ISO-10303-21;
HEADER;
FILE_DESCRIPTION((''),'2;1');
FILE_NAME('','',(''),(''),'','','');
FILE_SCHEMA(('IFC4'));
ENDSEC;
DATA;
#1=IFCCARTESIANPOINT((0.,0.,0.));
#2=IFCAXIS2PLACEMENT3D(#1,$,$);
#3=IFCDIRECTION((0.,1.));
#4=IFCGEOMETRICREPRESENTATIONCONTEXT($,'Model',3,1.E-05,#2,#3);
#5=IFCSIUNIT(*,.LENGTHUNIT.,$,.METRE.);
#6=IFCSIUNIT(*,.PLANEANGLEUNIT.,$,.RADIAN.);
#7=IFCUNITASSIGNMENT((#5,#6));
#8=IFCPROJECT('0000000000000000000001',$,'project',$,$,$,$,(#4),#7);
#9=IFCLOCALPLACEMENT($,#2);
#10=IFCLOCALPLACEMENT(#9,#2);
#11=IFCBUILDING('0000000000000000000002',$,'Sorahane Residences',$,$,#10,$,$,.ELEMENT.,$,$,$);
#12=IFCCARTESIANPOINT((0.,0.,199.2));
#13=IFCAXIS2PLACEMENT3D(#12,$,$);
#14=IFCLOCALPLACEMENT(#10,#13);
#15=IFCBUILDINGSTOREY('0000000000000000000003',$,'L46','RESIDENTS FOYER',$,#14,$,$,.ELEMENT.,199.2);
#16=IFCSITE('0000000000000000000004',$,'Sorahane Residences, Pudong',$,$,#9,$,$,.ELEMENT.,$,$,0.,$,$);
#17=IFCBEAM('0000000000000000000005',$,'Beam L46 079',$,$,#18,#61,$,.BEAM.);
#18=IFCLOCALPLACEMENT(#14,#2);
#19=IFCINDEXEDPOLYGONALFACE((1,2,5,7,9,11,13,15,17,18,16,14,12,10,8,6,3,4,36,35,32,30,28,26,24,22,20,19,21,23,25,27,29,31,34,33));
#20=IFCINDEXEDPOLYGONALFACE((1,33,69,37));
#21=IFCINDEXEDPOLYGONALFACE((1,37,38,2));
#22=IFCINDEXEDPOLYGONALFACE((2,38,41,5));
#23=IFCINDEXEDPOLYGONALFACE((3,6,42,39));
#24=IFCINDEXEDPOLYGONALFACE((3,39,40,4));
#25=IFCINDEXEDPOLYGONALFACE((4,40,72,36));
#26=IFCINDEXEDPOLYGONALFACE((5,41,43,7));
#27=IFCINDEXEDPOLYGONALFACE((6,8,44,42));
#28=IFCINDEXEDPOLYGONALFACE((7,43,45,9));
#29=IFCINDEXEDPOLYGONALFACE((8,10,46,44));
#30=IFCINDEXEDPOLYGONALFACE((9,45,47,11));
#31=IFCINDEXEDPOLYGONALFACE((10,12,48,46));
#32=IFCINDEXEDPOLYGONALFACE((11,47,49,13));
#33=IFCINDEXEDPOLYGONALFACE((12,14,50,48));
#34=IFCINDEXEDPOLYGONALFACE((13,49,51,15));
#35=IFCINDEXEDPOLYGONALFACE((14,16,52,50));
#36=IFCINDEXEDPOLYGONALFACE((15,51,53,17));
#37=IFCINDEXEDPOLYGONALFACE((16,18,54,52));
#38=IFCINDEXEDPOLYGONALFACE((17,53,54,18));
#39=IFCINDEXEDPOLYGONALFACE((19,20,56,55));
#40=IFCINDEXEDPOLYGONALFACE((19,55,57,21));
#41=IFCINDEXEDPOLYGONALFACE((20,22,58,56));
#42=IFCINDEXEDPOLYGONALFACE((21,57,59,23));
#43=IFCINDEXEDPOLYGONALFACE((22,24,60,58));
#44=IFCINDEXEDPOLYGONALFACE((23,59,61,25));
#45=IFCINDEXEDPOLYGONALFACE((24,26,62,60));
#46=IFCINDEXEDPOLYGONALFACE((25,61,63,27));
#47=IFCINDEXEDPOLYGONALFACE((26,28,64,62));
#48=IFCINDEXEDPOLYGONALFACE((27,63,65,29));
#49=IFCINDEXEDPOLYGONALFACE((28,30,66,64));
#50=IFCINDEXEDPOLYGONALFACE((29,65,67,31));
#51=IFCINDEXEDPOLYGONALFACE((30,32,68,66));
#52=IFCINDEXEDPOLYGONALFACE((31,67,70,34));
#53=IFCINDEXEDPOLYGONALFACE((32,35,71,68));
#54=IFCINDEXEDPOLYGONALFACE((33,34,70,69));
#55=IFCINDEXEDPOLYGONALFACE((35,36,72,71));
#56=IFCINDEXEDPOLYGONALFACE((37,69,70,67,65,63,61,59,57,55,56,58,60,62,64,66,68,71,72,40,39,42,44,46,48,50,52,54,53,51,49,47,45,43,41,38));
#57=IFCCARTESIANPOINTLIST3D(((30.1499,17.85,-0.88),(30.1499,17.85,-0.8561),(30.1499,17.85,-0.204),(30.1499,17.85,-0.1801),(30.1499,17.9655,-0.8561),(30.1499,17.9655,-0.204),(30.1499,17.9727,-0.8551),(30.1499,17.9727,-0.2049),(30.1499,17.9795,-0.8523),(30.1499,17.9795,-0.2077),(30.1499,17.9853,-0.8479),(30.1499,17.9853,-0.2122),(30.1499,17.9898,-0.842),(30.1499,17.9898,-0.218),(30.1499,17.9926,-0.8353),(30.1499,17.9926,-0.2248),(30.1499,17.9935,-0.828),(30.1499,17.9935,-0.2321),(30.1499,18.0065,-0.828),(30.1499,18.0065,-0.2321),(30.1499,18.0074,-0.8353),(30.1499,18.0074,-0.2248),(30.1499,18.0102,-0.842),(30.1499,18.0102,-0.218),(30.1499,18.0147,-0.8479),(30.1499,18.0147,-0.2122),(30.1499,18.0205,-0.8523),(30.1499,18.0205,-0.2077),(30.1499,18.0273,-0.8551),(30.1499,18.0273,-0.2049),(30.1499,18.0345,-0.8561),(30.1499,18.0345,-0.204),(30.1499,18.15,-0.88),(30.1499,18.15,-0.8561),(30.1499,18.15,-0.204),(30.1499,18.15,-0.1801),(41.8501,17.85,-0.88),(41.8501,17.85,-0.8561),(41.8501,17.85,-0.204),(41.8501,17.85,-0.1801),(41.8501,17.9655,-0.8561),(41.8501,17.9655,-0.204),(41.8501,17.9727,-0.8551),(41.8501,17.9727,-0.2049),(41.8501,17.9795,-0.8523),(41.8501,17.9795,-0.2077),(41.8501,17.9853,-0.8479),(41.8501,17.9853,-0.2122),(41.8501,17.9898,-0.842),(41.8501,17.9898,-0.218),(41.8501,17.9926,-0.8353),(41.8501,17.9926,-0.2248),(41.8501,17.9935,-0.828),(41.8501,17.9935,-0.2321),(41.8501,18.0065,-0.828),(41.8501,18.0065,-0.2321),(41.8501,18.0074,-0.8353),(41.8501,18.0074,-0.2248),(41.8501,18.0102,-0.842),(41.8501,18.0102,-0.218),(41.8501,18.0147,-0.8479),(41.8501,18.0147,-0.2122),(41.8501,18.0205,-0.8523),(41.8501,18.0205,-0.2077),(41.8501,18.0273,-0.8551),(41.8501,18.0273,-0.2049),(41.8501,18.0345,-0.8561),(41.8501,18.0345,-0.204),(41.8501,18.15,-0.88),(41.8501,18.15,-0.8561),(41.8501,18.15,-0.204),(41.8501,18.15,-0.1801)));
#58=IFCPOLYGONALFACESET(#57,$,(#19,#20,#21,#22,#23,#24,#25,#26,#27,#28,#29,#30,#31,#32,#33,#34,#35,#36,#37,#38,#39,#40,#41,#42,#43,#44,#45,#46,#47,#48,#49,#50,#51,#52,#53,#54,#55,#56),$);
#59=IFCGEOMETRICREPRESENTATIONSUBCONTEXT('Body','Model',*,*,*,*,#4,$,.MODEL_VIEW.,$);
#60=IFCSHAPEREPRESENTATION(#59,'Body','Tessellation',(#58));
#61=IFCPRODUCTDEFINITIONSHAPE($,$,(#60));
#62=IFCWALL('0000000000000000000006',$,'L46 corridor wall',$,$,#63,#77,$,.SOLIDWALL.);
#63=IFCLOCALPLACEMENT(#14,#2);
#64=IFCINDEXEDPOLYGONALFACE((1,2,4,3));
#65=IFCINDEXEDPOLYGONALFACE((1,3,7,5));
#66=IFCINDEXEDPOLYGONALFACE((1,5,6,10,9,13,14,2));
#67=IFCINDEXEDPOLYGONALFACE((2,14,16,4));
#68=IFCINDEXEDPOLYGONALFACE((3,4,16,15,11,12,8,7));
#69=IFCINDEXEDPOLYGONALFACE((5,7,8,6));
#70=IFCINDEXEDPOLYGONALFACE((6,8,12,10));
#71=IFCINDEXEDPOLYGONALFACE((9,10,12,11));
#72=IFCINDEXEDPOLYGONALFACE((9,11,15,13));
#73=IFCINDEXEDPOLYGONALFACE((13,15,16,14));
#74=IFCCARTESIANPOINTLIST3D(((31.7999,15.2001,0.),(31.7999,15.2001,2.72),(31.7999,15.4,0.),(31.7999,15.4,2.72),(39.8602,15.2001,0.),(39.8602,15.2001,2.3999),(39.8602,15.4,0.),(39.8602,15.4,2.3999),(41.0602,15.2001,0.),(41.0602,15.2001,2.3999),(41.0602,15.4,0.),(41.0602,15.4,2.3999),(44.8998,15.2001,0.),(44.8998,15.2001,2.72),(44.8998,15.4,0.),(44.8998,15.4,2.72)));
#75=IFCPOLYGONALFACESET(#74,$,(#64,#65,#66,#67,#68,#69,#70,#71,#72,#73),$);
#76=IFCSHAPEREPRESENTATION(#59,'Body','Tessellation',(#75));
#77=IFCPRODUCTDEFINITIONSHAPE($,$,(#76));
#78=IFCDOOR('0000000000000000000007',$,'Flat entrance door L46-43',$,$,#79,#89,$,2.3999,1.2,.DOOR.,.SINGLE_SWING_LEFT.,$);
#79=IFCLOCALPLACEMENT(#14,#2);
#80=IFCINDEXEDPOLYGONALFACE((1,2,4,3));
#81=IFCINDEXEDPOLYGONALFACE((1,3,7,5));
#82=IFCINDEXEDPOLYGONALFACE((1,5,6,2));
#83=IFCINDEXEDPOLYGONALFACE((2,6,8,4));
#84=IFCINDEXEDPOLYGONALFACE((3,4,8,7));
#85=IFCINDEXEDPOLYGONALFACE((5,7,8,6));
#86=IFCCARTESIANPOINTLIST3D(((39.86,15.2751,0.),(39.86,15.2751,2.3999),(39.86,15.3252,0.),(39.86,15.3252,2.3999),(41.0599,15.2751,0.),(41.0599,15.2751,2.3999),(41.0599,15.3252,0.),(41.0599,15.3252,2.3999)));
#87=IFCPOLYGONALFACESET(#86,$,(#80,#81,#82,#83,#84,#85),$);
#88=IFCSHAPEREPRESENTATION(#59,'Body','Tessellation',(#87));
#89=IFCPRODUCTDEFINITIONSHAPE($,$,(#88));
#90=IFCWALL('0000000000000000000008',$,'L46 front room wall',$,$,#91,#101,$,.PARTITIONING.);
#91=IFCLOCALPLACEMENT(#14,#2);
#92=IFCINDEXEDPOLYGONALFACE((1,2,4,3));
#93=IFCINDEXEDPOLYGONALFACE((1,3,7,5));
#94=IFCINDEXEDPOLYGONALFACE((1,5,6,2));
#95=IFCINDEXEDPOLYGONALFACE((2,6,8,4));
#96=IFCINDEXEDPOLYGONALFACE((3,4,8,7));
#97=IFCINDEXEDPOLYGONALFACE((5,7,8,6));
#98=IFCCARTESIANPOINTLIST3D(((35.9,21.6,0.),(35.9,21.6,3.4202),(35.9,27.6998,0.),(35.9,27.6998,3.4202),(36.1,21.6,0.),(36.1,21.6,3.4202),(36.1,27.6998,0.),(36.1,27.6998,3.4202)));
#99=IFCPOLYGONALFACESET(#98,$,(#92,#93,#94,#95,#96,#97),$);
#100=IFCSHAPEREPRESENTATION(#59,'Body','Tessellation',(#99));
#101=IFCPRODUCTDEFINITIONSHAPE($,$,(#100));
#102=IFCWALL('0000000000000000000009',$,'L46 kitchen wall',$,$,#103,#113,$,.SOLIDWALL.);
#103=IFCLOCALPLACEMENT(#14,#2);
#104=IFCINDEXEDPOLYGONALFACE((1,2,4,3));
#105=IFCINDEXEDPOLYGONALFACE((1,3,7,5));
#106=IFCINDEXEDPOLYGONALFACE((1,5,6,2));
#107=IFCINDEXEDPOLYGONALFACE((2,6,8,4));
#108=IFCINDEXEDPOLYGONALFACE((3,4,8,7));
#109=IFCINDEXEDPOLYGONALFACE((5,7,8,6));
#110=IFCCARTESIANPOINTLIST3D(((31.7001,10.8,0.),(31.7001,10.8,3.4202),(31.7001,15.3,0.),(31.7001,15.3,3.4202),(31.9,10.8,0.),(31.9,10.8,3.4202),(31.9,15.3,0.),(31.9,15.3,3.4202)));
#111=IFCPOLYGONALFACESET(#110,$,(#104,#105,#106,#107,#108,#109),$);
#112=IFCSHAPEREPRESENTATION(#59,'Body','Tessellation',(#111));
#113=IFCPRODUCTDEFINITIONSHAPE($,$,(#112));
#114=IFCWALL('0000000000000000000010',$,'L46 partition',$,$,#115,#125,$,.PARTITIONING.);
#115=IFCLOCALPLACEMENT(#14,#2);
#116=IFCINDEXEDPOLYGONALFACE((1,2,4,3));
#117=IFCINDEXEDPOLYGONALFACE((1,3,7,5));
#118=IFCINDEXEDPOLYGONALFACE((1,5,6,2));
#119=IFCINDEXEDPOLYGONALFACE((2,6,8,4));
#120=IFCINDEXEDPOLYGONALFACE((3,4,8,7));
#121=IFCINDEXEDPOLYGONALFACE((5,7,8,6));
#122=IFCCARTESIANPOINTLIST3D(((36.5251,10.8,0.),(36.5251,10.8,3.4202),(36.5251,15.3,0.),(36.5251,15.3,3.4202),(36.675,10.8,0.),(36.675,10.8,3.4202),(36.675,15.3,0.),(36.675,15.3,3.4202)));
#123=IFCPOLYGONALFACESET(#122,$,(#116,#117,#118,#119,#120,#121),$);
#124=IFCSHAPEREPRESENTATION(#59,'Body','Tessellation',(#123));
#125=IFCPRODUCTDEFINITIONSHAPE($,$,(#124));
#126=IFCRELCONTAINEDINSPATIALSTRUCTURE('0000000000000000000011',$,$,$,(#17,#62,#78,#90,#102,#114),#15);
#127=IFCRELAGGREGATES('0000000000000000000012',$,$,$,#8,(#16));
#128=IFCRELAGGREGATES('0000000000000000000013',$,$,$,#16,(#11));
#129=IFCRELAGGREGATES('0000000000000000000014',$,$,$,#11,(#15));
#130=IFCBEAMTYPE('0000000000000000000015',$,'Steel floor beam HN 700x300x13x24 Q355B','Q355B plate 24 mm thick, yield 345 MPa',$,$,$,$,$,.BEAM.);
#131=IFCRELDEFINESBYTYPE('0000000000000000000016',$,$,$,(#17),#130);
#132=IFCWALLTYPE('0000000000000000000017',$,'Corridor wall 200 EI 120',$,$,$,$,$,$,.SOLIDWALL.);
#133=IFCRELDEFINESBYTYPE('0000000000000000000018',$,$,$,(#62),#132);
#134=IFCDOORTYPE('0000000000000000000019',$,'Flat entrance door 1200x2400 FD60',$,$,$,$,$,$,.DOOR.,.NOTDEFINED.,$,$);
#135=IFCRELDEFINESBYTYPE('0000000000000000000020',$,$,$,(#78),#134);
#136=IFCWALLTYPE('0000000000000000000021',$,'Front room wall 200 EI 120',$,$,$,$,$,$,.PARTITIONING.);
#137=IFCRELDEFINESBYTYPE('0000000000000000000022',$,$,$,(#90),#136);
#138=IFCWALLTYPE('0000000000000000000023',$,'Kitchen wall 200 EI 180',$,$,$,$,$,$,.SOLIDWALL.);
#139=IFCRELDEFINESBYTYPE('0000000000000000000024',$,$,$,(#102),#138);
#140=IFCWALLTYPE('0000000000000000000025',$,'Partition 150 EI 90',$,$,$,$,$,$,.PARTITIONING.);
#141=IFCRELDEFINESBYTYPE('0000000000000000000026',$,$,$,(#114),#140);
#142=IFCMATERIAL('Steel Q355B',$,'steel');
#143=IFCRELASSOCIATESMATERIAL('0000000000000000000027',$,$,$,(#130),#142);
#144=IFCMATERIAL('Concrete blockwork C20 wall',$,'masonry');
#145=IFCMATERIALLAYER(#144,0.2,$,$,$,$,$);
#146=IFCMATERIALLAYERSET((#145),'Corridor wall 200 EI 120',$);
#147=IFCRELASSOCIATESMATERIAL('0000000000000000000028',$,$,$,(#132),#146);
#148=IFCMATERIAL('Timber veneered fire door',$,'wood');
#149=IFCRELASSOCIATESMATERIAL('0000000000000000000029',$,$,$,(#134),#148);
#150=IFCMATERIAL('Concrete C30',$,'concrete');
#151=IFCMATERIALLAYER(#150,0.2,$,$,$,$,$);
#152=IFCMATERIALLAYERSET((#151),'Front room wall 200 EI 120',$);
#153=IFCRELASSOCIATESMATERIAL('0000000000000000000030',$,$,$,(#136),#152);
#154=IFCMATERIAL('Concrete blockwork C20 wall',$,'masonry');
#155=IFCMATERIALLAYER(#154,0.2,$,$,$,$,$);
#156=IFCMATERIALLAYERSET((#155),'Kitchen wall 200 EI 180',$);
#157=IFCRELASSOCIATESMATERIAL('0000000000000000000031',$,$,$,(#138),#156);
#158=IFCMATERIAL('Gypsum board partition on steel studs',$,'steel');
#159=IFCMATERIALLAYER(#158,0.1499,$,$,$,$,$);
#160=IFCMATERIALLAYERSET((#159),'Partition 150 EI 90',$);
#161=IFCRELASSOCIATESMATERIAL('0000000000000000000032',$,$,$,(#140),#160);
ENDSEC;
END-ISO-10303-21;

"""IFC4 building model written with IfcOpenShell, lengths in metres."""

from ifc_helpers import new_model, si_unit, direction, frame, frame_2d, origin, origin_2d, place, context, subcontext, project, spatial, rectangle, i_section, extrude, material, layer, layer_set, material_profile, profile_set, type_object, element, fill, save


model = new_model("IFC4")

# Units and contexts
model_context = context("Model", 3, precision=1e-05, world=origin(), true_north=direction((0.0, 1.0)))
body_context = subcontext(model_context, "Body", "Model", "MODEL_VIEW")
ifc_project = project(units=[si_unit("LENGTHUNIT", "METRE"), si_unit("PLANEANGLEUNIT", "RADIAN")], contexts=[model_context])

# Site, building, storey
site_placement = place(None, origin())
site = spatial("IfcSite", under=ifc_project, at=site_placement, Name="Sorahane Residences, Pudong", CompositionType="ELEMENT", RefElevation=0.0)
building_placement = place(site_placement, origin())
building = spatial("IfcBuilding", under=site, at=building_placement, Name="Sorahane Residences", CompositionType="ELEMENT")
storey_placement = place(building_placement, frame((0.0, 0.0, 199.2)))
storey = spatial("IfcBuildingStorey", under=building, at=storey_placement, Name="L46", Description="RESIDENTS FOYER", CompositionType="ELEMENT", Elevation=199.2)

# Beam
ifc_material_1 = material(Name="Steel Q355B", Category="steel")
ifc_material_profile_1 = material_profile(ifc_material_1, i_section(OverallWidth=0.3, OverallDepth=0.7, WebThickness=0.0129, FlangeThickness=0.0239, FilletRadius=0.0281, at=origin_2d()), Name="HN 700x300x13x24")
ifc_profile_set_1 = profile_set([ifc_material_profile_1], Name="Steel Q355B")
beam_type_1 = type_object("IfcBeamType", Name="Steel floor beam HN 700x300x13x24 Q355B", Description="Q355B plate 24 mm thick, yield 345 MPa", PredefinedType="BEAM", material=ifc_profile_set_1)
beam_1_placement = place(storey_placement, frame((30.1499, 18.0, -0.53), z_axis=(1.0, 0.0, 0.0), x_axis=(0.0, 1.0, 0.0)))
element("IfcBeam", 1, at=beam_1_placement, inside=storey, type_object=beam_type_1, Name="Beam L46 079", PredefinedType="BEAM", context=body_context, shape_type="SweptSolid", body=[
    extrude(i_section(OverallWidth=0.3, OverallDepth=0.7, WebThickness=0.0129, FlangeThickness=0.0239, FilletRadius=0.0281, at=origin_2d()), origin(), (0.0, 0.0, 1.0), 11.7002),
])

# Wall, opening, door
ifc_material_2 = material(Name="Concrete blockwork C20 wall", Category="masonry")
ifc_layer_1 = layer(ifc_material_2, 0.2)
ifc_layer_set_1 = layer_set([ifc_layer_1], Name="Corridor wall 200 EI 120")
wall_type_1 = type_object("IfcWallType", Name="Corridor wall 200 EI 120", PredefinedType="SOLIDWALL", material=ifc_layer_set_1)
wall_1_placement = place(storey_placement, frame((31.8, 15.3, 0.0), z_axis=(0.0, 0.0, 1.0), x_axis=(1.0, 0.0, 0.0)))
wall_1 = element("IfcWall", 2, at=wall_1_placement, inside=storey, type_object=wall_type_1, Name="L46 corridor wall", PredefinedType="SOLIDWALL", context=body_context, shape_type="SweptSolid", body=[
    extrude(rectangle(XDim=13.0999, YDim=0.2, at=frame_2d((6.5498, 0.0))), origin(), (0.0, 0.0, 1.0), 2.72),
])
opening_1_placement = place(wall_1_placement, frame((8.0601, 0.0, 0.0)))
opening_1 = element("IfcOpeningElement", 3, at=opening_1_placement, cuts=wall_1, PredefinedType="OPENING", context=body_context, shape_type="SweptSolid", body=[
    extrude(rectangle(XDim=1.2, YDim=2.3999, at=frame_2d((0.6001, 1.2))), frame((0.0, 0.1099, 0.0), z_axis=(0.0, -1.0, 0.0), x_axis=(1.0, 0.0, 0.0)), (0.0, 0.0, 1.0), 0.22),
])
ifc_material_3 = material(Name="Timber veneered fire door", Category="wood")
door_type_1 = type_object("IfcDoorType", Name="Flat entrance door 1200x2400 FD60", OperationType="NOTDEFINED", PredefinedType="DOOR", material=ifc_material_3)
door_1_placement = place(opening_1_placement, frame((1.2, 0.0, 0.0), z_axis=(0.0, 0.0, 1.0), x_axis=(-1.0, 0.0, 0.0)))
door_1 = element("IfcDoor", 4, at=door_1_placement, inside=storey, type_object=door_type_1, Name="Flat entrance door L46-43", OperationType="SINGLE_SWING_LEFT", OverallHeight=2.3999, OverallWidth=1.2, PredefinedType="DOOR", context=body_context, shape_type="SweptSolid", body=[
    extrude(rectangle(XDim=1.2, YDim=2.3999, at=frame_2d((0.6001, 1.2))), frame((0.0, 0.0249, 0.0), z_axis=(0.0, -1.0, 0.0), x_axis=(1.0, 0.0, 0.0)), (0.0, 0.0, 1.0), 0.05),
])
fill(opening_1, door_1)

# Walls
ifc_material_4 = material(Name="Concrete C30", Category="concrete")
ifc_layer_2 = layer(ifc_material_4, 0.2)
ifc_layer_set_2 = layer_set([ifc_layer_2], Name="Front room wall 200 EI 120")
wall_type_2 = type_object("IfcWallType", Name="Front room wall 200 EI 120", PredefinedType="PARTITIONING", material=ifc_layer_set_2)
wall_2_placement = place(storey_placement, frame((36.0, 21.6001, 0.0), z_axis=(0.0, 0.0, 1.0), x_axis=(0.0, 1.0, 0.0)))
element("IfcWall", 5, at=wall_2_placement, inside=storey, type_object=wall_type_2, Name="L46 front room wall", PredefinedType="PARTITIONING", context=body_context, shape_type="SweptSolid", body=[
    extrude(rectangle(XDim=6.0999, YDim=0.2, at=frame_2d((3.0498, 0.0))), origin(), (0.0, 0.0, 1.0), 3.4202),
])
ifc_material_5 = material(Name="Concrete blockwork C20 wall", Category="masonry")
ifc_layer_3 = layer(ifc_material_5, 0.2)
ifc_layer_set_3 = layer_set([ifc_layer_3], Name="Kitchen wall 200 EI 180")
wall_type_3 = type_object("IfcWallType", Name="Kitchen wall 200 EI 180", PredefinedType="SOLIDWALL", material=ifc_layer_set_3)
wall_3_placement = place(storey_placement, frame((31.8, 10.8, 0.0), z_axis=(0.0, 0.0, 1.0), x_axis=(0.0, 1.0, 0.0)))
element("IfcWall", 6, at=wall_3_placement, inside=storey, type_object=wall_type_3, Name="L46 kitchen wall", PredefinedType="SOLIDWALL", context=body_context, shape_type="SweptSolid", body=[
    extrude(rectangle(XDim=4.5, YDim=0.2, at=frame_2d((2.25, 0.0))), origin(), (0.0, 0.0, 1.0), 3.4202),
])
ifc_material_6 = material(Name="Gypsum board partition on steel studs", Category="steel")
ifc_layer_4 = layer(ifc_material_6, 0.1499)
ifc_layer_set_4 = layer_set([ifc_layer_4], Name="Partition 150 EI 90")
wall_type_4 = type_object("IfcWallType", Name="Partition 150 EI 90", PredefinedType="PARTITIONING", material=ifc_layer_set_4)
wall_4_placement = place(storey_placement, frame((36.6001, 10.8, 0.0), z_axis=(0.0, 0.0, 1.0), x_axis=(0.0, 1.0, 0.0)))
element("IfcWall", 7, at=wall_4_placement, inside=storey, type_object=wall_type_4, Name="L46 partition", PredefinedType="PARTITIONING", context=body_context, shape_type="SweptSolid", body=[
    extrude(rectangle(XDim=4.5, YDim=0.1499, at=frame_2d((2.25, 0.0))), origin(), (0.0, 0.0, 1.0), 3.4202),
])

save(model, "model.ifc")
